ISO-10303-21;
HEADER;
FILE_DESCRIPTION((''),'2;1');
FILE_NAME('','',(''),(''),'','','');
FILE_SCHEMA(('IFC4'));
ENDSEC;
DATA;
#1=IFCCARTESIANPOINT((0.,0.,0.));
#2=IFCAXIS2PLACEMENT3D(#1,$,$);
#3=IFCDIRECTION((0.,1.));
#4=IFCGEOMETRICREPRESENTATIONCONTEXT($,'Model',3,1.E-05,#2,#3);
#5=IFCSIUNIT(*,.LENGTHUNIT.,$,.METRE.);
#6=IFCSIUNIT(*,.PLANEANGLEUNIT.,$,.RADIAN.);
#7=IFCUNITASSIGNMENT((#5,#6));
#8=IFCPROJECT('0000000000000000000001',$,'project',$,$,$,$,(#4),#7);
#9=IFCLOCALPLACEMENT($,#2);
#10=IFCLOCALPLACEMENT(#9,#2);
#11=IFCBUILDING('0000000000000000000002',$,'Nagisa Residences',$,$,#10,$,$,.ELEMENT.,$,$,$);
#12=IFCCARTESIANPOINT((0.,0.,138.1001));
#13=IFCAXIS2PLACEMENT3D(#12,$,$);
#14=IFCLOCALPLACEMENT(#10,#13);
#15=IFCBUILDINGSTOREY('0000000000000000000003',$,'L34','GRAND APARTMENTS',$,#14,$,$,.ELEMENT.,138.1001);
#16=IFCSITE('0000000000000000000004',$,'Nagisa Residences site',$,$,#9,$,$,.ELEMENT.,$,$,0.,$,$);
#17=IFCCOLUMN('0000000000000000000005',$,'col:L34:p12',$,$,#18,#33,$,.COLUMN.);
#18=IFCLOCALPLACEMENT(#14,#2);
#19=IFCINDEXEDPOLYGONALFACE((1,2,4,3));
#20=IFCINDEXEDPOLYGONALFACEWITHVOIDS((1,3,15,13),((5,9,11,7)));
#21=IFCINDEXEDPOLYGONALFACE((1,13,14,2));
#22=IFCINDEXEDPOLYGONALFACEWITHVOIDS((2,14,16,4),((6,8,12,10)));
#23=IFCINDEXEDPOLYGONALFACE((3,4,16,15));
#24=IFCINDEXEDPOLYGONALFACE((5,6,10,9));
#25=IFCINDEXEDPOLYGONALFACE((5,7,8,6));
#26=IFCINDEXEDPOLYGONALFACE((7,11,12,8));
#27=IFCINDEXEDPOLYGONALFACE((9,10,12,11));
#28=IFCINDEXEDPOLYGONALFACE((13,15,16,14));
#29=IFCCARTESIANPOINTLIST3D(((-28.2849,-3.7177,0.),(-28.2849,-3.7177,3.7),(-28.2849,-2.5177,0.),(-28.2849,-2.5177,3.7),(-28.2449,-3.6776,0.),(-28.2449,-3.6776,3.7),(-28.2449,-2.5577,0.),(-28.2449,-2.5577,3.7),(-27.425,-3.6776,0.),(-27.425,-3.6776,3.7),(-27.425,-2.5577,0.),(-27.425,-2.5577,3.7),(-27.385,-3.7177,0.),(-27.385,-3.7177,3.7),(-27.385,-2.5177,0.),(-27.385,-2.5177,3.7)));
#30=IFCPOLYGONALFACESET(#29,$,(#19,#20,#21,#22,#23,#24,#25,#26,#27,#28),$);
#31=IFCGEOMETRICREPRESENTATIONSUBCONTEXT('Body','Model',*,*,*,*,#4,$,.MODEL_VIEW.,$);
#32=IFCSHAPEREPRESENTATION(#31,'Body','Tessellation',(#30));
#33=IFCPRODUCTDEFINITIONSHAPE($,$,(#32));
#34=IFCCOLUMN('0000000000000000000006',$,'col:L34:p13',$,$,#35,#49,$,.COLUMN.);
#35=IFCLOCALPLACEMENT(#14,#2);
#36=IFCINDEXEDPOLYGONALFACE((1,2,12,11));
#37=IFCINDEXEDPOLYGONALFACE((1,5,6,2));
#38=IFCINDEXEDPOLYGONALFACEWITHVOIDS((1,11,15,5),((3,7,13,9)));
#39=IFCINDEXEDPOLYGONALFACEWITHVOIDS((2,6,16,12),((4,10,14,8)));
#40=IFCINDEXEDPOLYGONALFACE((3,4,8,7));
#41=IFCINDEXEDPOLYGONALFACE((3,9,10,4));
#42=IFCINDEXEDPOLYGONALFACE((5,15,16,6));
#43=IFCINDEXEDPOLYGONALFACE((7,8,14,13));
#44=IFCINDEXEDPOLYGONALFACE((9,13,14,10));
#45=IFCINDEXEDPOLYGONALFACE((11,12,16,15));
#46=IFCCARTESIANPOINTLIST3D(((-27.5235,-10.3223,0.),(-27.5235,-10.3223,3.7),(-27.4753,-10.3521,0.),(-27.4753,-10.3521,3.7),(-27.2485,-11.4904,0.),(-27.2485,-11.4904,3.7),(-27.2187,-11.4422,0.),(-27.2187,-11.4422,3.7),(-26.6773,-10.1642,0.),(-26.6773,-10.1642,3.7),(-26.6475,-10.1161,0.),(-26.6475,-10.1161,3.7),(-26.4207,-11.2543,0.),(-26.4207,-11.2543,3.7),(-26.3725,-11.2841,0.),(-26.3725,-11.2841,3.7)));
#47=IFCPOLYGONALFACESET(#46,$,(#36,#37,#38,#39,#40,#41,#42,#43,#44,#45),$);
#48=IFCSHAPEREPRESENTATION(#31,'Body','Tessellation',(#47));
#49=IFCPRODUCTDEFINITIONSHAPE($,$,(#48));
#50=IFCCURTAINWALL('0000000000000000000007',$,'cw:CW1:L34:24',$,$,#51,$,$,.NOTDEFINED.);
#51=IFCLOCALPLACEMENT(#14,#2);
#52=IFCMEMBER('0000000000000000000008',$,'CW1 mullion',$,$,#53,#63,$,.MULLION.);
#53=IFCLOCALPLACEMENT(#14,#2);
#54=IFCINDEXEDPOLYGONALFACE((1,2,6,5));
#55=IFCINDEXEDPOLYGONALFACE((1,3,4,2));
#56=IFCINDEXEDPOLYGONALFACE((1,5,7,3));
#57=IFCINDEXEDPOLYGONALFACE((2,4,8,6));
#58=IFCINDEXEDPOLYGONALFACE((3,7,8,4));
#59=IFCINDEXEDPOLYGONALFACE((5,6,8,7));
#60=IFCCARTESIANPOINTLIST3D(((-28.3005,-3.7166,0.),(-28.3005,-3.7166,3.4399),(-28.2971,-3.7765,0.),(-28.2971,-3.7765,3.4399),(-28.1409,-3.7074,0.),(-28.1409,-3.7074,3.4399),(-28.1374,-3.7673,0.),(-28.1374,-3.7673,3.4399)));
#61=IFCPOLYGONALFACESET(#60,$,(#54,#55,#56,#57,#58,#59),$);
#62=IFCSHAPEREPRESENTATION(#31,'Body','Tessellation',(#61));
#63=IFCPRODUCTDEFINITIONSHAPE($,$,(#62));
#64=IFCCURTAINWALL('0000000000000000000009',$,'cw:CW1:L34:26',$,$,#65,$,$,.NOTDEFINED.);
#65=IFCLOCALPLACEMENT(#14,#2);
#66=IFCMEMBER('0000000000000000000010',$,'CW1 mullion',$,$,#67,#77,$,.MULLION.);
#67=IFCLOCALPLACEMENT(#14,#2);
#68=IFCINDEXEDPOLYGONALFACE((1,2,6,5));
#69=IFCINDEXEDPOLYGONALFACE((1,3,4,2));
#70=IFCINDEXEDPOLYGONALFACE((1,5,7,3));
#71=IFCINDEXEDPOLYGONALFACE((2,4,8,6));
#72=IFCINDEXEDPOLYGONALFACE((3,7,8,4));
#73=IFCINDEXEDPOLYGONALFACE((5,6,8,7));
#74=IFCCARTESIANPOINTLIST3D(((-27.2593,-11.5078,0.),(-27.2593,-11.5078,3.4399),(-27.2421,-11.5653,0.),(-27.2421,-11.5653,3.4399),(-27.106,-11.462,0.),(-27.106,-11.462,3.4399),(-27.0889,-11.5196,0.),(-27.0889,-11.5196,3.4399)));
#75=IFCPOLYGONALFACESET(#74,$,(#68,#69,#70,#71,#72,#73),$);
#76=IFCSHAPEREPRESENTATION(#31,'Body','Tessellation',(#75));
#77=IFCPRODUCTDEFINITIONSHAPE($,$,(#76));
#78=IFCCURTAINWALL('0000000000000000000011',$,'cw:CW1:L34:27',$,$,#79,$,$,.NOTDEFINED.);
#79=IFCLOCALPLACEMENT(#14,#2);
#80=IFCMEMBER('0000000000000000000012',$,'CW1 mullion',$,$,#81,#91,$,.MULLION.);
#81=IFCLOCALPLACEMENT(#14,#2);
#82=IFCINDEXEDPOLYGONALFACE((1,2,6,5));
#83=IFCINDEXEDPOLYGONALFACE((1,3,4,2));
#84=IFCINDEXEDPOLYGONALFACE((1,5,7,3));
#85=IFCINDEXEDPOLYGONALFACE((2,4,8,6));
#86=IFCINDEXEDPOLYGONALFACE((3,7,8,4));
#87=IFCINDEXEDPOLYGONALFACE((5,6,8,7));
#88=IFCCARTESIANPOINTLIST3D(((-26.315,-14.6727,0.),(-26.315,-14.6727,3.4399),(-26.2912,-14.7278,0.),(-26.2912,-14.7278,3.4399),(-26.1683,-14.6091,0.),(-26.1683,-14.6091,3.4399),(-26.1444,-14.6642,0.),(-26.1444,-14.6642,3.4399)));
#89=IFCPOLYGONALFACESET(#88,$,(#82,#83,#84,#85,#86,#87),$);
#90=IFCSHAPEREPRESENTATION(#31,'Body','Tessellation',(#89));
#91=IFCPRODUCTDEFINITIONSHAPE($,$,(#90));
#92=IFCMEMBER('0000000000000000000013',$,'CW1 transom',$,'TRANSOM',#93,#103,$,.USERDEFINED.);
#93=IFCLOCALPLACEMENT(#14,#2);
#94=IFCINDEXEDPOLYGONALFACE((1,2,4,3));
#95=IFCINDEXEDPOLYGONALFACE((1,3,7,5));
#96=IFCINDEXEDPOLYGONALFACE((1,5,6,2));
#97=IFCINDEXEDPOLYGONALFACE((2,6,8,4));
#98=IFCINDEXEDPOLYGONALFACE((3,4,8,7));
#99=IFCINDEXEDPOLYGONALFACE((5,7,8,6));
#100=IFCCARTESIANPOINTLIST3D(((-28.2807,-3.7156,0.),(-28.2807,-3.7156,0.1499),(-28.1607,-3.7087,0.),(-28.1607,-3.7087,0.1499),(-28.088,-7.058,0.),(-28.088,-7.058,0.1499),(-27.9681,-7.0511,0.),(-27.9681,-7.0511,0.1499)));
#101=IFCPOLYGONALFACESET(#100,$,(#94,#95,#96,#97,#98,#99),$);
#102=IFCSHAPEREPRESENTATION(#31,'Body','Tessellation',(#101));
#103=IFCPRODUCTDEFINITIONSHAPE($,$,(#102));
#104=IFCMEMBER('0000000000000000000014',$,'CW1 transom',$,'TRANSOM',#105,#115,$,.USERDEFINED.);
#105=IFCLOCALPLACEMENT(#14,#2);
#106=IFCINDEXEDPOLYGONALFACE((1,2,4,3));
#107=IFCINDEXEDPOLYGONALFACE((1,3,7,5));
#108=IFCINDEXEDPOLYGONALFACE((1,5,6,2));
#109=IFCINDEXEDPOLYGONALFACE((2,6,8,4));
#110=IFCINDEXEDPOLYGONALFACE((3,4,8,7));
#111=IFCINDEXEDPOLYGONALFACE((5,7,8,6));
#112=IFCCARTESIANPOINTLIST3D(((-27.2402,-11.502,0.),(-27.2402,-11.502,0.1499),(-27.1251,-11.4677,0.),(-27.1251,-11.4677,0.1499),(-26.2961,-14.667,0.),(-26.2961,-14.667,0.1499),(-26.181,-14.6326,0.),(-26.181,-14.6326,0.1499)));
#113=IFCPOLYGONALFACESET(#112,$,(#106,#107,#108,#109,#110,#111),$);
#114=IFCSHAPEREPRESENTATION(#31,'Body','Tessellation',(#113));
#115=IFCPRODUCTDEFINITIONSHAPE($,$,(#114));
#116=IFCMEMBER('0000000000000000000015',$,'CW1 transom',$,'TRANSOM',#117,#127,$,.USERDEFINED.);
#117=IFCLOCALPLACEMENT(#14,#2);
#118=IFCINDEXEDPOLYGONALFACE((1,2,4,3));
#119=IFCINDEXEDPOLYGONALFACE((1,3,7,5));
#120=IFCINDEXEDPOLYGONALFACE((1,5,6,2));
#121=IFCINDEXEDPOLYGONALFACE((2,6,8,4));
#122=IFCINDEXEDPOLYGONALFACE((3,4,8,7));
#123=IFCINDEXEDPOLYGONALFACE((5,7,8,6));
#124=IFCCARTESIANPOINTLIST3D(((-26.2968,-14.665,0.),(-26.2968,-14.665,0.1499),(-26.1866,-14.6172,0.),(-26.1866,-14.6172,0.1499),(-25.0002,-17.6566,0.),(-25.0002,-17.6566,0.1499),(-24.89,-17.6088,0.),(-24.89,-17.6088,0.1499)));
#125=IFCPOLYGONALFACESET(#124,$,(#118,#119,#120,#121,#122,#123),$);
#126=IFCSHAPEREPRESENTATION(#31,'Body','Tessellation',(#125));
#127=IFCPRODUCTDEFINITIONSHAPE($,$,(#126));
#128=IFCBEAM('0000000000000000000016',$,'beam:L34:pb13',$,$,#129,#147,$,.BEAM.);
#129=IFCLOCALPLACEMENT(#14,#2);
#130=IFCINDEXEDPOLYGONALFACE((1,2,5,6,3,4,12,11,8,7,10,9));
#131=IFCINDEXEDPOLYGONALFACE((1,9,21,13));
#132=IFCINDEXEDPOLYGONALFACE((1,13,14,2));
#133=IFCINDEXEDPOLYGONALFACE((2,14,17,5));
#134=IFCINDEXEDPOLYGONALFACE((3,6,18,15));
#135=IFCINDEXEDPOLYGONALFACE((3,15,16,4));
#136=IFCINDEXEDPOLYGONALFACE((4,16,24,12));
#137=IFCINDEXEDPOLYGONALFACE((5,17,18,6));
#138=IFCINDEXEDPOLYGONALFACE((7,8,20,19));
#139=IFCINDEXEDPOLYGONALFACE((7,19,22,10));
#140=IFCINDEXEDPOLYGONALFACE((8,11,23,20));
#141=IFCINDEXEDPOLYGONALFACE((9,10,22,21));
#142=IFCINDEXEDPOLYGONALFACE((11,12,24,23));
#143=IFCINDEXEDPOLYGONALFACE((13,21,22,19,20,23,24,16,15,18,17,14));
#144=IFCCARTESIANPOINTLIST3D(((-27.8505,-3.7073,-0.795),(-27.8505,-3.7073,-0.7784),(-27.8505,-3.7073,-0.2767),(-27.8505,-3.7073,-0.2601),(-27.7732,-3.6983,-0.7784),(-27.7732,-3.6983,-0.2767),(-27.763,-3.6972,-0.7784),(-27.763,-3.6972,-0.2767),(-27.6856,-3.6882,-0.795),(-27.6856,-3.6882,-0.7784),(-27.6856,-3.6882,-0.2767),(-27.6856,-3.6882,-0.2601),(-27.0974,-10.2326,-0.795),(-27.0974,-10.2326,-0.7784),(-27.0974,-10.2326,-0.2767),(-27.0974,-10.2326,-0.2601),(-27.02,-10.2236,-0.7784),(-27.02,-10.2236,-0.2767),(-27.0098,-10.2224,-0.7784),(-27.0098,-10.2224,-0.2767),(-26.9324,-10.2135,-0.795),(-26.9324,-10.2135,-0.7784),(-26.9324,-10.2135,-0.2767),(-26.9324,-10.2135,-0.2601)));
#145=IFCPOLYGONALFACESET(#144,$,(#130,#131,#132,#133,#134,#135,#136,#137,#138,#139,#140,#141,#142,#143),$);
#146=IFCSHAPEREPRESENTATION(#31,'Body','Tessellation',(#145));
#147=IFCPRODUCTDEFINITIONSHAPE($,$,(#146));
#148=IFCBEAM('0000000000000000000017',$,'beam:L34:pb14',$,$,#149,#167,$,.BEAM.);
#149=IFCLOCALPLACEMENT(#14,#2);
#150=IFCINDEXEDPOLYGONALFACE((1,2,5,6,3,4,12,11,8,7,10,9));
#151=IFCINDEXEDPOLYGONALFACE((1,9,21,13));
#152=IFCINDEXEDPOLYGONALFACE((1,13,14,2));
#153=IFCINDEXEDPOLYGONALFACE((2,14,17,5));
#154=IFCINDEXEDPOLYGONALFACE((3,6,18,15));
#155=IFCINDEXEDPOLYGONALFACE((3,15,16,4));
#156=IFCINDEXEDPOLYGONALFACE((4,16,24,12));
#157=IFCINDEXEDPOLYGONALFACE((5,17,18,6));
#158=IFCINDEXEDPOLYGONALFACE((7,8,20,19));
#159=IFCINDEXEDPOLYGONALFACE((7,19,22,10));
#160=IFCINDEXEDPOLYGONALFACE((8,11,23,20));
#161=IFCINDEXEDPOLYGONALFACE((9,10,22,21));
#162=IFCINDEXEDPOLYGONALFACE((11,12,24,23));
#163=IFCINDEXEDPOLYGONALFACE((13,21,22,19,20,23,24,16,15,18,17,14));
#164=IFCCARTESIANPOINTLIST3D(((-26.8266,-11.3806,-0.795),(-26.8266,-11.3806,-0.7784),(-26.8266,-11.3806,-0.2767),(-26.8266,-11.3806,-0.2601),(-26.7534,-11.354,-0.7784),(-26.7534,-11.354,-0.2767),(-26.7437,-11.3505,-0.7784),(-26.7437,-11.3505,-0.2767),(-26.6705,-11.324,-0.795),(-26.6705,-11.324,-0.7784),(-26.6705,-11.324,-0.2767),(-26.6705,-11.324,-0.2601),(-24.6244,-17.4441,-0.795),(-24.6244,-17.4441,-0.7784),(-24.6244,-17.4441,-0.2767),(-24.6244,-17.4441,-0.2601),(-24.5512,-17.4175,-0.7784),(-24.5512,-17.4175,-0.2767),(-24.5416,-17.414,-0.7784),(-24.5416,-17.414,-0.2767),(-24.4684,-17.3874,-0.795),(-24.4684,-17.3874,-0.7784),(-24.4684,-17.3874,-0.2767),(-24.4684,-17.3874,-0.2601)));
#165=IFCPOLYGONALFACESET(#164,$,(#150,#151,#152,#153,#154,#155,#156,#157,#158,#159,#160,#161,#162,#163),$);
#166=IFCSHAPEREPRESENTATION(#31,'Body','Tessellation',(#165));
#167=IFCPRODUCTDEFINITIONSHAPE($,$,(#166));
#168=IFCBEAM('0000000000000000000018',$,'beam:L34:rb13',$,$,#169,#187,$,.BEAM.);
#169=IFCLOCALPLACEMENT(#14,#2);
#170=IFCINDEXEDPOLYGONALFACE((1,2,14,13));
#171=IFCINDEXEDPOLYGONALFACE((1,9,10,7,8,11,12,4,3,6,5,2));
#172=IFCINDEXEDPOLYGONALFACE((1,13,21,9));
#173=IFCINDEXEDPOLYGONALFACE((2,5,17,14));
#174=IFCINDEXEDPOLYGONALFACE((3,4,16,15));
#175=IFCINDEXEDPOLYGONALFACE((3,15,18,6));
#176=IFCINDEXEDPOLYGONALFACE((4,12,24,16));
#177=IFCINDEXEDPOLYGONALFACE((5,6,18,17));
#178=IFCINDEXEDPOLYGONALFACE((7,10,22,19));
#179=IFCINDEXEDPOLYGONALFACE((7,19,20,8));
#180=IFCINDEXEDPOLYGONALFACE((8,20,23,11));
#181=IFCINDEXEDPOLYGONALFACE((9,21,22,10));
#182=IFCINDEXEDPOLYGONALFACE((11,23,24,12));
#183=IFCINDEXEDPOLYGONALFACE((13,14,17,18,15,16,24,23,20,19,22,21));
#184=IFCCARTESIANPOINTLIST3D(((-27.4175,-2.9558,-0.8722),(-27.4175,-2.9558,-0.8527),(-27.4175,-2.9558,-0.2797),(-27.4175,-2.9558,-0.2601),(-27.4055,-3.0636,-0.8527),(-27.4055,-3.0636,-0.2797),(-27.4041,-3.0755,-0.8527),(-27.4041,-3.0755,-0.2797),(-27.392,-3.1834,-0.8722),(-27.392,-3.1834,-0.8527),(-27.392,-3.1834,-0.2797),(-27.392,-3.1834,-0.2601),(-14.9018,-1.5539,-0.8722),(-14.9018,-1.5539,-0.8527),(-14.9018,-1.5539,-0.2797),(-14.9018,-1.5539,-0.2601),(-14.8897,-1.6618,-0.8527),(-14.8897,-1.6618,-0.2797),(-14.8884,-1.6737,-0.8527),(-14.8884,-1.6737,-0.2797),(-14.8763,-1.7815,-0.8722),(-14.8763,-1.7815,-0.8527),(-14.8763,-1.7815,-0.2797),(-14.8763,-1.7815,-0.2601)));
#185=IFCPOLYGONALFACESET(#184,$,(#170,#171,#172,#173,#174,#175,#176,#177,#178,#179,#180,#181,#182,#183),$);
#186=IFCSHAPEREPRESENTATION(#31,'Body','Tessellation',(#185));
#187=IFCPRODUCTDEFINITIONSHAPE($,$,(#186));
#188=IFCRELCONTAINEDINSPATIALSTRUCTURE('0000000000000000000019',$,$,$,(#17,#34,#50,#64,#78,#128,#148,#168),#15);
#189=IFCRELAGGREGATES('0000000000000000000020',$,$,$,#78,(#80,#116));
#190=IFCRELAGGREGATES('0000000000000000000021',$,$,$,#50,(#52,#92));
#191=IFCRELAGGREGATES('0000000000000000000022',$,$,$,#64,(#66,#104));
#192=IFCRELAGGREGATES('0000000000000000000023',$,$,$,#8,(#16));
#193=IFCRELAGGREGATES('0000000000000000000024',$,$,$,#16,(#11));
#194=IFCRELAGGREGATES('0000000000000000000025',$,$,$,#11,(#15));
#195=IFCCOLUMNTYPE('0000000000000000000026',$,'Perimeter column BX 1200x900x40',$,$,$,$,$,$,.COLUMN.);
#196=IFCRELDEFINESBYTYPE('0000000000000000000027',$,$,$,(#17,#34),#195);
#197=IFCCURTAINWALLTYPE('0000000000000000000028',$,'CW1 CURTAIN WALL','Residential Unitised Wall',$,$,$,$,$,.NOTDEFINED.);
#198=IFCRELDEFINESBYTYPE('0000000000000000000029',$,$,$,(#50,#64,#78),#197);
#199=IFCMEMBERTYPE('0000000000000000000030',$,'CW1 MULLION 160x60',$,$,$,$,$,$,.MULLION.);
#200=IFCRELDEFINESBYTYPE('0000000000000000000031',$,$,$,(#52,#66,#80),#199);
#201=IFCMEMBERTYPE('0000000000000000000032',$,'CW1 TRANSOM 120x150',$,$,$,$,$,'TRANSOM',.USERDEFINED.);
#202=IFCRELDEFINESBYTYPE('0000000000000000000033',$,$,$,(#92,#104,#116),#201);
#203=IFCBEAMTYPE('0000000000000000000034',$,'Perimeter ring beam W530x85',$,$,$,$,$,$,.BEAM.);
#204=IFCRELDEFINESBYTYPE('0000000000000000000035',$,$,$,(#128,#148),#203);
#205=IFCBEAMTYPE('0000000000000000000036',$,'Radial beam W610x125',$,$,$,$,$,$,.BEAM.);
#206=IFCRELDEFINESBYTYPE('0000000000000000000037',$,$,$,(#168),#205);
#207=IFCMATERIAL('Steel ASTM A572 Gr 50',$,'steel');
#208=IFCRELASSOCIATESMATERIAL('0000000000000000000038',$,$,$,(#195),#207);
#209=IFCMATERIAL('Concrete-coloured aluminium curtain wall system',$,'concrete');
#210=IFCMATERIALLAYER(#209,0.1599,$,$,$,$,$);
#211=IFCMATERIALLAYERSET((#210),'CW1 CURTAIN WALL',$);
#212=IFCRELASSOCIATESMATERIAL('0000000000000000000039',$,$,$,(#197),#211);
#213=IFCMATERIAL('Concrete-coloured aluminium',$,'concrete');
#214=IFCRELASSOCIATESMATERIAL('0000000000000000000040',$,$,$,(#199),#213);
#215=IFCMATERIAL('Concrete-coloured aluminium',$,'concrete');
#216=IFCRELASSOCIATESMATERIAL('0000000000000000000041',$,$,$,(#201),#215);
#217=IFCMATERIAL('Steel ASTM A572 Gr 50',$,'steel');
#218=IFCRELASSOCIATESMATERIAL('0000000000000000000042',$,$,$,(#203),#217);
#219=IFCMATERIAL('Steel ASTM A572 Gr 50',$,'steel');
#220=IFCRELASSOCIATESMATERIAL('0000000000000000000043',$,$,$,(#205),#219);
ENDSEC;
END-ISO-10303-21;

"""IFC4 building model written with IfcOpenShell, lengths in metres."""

from ifc_helpers import new_model, si_unit, direction, frame, origin, origin_2d, place, context, subcontext, project, spatial, rectangle, hollow_rectangle, i_section, extrude, material, layer, layer_set, material_profile, profile_set, type_object, element, aggregate, save


model = new_model("IFC4")

# Units and contexts
model_context = context("Model", 3, precision=1e-05, world=origin(), true_north=direction((0.0, 1.0)))
body_context = subcontext(model_context, "Body", "Model", "MODEL_VIEW")
ifc_project = project(units=[si_unit("LENGTHUNIT", "METRE"), si_unit("PLANEANGLEUNIT", "RADIAN")], contexts=[model_context])

# Site, building, storey
site_placement = place(None, origin())
site = spatial("IfcSite", under=ifc_project, at=site_placement, Name="Nagisa Residences site", CompositionType="ELEMENT", RefElevation=0.0)
building_placement = place(site_placement, origin())
building = spatial("IfcBuilding", under=site, at=building_placement, Name="Nagisa Residences", CompositionType="ELEMENT")
storey_placement = place(building_placement, frame((0.0, 0.0, 138.1001)))
storey = spatial("IfcBuildingStorey", under=building, at=storey_placement, Name="L34", Description="GRAND APARTMENTS", CompositionType="ELEMENT", Elevation=138.1001)

# Columns
ifc_material_1 = material(Name="Steel ASTM A572 Gr 50", Category="steel")
ifc_material_profile_1 = material_profile(ifc_material_1, hollow_rectangle(XDim=1.2, YDim=0.8999, WallThickness=0.04, at=origin_2d()), Name="BX 1200x900x40")
ifc_profile_set_1 = profile_set([ifc_material_profile_1], Name="Steel ASTM A572 Gr 50")
column_type = type_object("IfcColumnType", Name="Perimeter column BX 1200x900x40", PredefinedType="COLUMN", material=ifc_profile_set_1)
for number, where, z_axis, x_axis, name in (
    (1, (-27.835, -3.1177, 0.0), (0.0, 0.0, 1.0), (0.0, -1.0, 0.0), "col:L34:p12"),
    (2, (-26.948, -10.8032, 0.0), (0.0, 0.0, 1.0), (0.229202, -0.973379, 0.0), "col:L34:p13"),
):
    element("IfcColumn", number, at=place(storey_placement, frame(where, z_axis=z_axis, x_axis=x_axis)), inside=storey, type_object=column_type, Name=name, PredefinedType="COLUMN", context=body_context, shape_type="SweptSolid", body=[
        extrude(hollow_rectangle(XDim=1.2, YDim=0.8999, WallThickness=0.04, at=origin_2d()), origin(), (0.0, 0.0, 1.0), 3.7),
    ])

# Curtain walls, members
ifc_material_2 = material(Name="Concrete-coloured aluminium curtain wall system", Category="concrete")
ifc_layer_1 = layer(ifc_material_2, 0.1599)
ifc_layer_set_1 = layer_set([ifc_layer_1], Name="CW1 CURTAIN WALL")
curtain_wall_type = type_object("IfcCurtainWallType", Name="CW1 CURTAIN WALL", Description="Residential Unitised Wall", PredefinedType="NOTDEFINED", material=ifc_layer_set_1)
curtain_wall_1_placement = place(storey_placement, origin())
curtain_wall_1 = element("IfcCurtainWall", 3, at=curtain_wall_1_placement, inside=storey, type_object=curtain_wall_type, Name="cw:CW1:L34:24", PredefinedType="NOTDEFINED")
ifc_material_3 = material(Name="Concrete-coloured aluminium", Category="concrete")
ifc_material_profile_2 = material_profile(ifc_material_3, rectangle(XDim=0.1599, YDim=0.0601, at=origin_2d()), Name="CW1 MULLION 160x60")
ifc_profile_set_2 = profile_set([ifc_material_profile_2], Name="Concrete-coloured aluminium")
member_type_1 = type_object("IfcMemberType", Name="CW1 MULLION 160x60", PredefinedType="MULLION", material=ifc_profile_set_2)
member_1_placement = place(storey_placement, frame((-28.219, -3.7419, 0.0), z_axis=(0.0, 0.0, 1.0), x_axis=(0.998345, 0.057503, 0.0)))
member_1 = element("IfcMember", 4, at=member_1_placement, type_object=member_type_1, Name="CW1 mullion", PredefinedType="MULLION", context=body_context, shape_type="SweptSolid", body=[
    extrude(rectangle(XDim=0.1599, YDim=0.0601, at=origin_2d()), origin(), (0.0, 0.0, 1.0), 3.4399),
])
curtain_wall_2_placement = place(storey_placement, origin())
curtain_wall_2 = element("IfcCurtainWall", 5, at=curtain_wall_2_placement, inside=storey, type_object=curtain_wall_type, Name="cw:CW1:L34:26", PredefinedType="NOTDEFINED")
member_2_placement = place(storey_placement, frame((-27.1741, -11.5137, 0.0), z_axis=(0.0, 0.0, 1.0), x_axis=(0.958271, 0.28586, 0.0)))
member_2 = element("IfcMember", 6, at=member_2_placement, type_object=member_type_1, Name="CW1 mullion", PredefinedType="MULLION", context=body_context, shape_type="SweptSolid", body=[
    extrude(rectangle(XDim=0.1599, YDim=0.0601, at=origin_2d()), origin(), (0.0, 0.0, 1.0), 3.4399),
])
curtain_wall_3_placement = place(storey_placement, origin())
curtain_wall_3 = element("IfcCurtainWall", 7, at=curtain_wall_3_placement, inside=storey, type_object=curtain_wall_type, Name="cw:CW1:L34:27", PredefinedType="NOTDEFINED")
member_3_placement = place(storey_placement, frame((-26.2297, -14.6685, 0.0), z_axis=(0.0, 0.0, 1.0), x_axis=(0.917543, 0.397636, 0.0)))
member_3 = element("IfcMember", 8, at=member_3_placement, type_object=member_type_1, Name="CW1 mullion", PredefinedType="MULLION", context=body_context, shape_type="SweptSolid", body=[
    extrude(rectangle(XDim=0.1599, YDim=0.0601, at=origin_2d()), origin(), (0.0, 0.0, 1.0), 3.4399),
])

# Members
ifc_material_4 = material(Name="Concrete-coloured aluminium", Category="concrete")
ifc_material_profile_3 = material_profile(ifc_material_4, rectangle(XDim=0.1201, YDim=0.1499, at=origin_2d()), Name="CW1 TRANSOM 120x150")
ifc_profile_set_3 = profile_set([ifc_material_profile_3], Name="Concrete-coloured aluminium")
member_type_2 = type_object("IfcMemberType", Name="CW1 TRANSOM 120x150", ElementType="TRANSOM", PredefinedType="USERDEFINED", material=ifc_profile_set_3)
member_4_placement = place(storey_placement, frame((-28.2207, -3.7122, 0.075), z_axis=(0.057538, -0.998343, 0.0), x_axis=(0.998343, 0.057538, 0.0)))
member_4 = element("IfcMember", 9, at=member_4_placement, type_object=member_type_2, Name="CW1 transom", ObjectType="TRANSOM", PredefinedType="USERDEFINED", context=body_context, shape_type="SweptSolid", body=[
    extrude(rectangle(XDim=0.1201, YDim=0.1499, at=origin_2d()), origin(), (0.0, 0.0, 1.0), 3.3479),
])
member_5_placement = place(storey_placement, frame((-27.1826, -11.4849, 0.075), z_axis=(0.285842, -0.958277, 0.0), x_axis=(0.958277, 0.285842, 0.0)))
member_5 = element("IfcMember", 10, at=member_5_placement, type_object=member_type_2, Name="CW1 transom", ObjectType="TRANSOM", PredefinedType="USERDEFINED", context=body_context, shape_type="SweptSolid", body=[
    extrude(rectangle(XDim=0.1201, YDim=0.1499, at=origin_2d()), origin(), (0.0, 0.0, 1.0), 3.3027),
])
member_6_placement = place(storey_placement, frame((-26.2417, -14.6411, 0.075), z_axis=(0.397666, -0.91753, 0.0), x_axis=(0.91753, 0.397666, 0.0)))
member_6 = element("IfcMember", 11, at=member_6_placement, type_object=member_type_2, Name="CW1 transom", ObjectType="TRANSOM", PredefinedType="USERDEFINED", context=body_context, shape_type="SweptSolid", body=[
    extrude(rectangle(XDim=0.1201, YDim=0.1499, at=origin_2d()), origin(), (0.0, 0.0, 1.0), 3.2605),
])
aggregate(curtain_wall_3, [member_3, member_6])

# Beams
ifc_material_5 = material(Name="Steel ASTM A572 Gr 50", Category="steel")
ifc_material_profile_4 = material_profile(ifc_material_5, i_section(OverallWidth=0.166, OverallDepth=0.5349, WebThickness=0.0103, FlangeThickness=0.0166, at=origin_2d()), Name="W530x85")
ifc_profile_set_4 = profile_set([ifc_material_profile_4], Name="Steel ASTM A572 Gr 50")
beam_type_1 = type_object("IfcBeamType", Name="Perimeter ring beam W530x85", PredefinedType="BEAM", material=ifc_profile_set_4)
beam_1_placement = place(storey_placement, frame((-27.7681, -3.6978, -0.5276), z_axis=(0.114661, -0.993405, 0.0), x_axis=(0.993405, 0.114661, 0.0)))
element("IfcBeam", 12, at=beam_1_placement, inside=storey, type_object=beam_type_1, Name="beam:L34:pb13", PredefinedType="BEAM", context=body_context, shape_type="SweptSolid", body=[
    extrude(i_section(OverallWidth=0.166, OverallDepth=0.5349, WebThickness=0.0103, FlangeThickness=0.0166, at=origin_2d()), origin(), (0.0, 0.0, 1.0), 6.5686),
])
beam_2_placement = place(storey_placement, frame((-26.7485, -11.3523, -0.5276), z_axis=(0.341366, -0.93993, 0.0), x_axis=(0.93993, 0.341366, 0.0)))
element("IfcBeam", 13, at=beam_2_placement, inside=storey, type_object=beam_type_1, Name="beam:L34:pb14", PredefinedType="BEAM", context=body_context, shape_type="SweptSolid", body=[
    extrude(i_section(OverallWidth=0.166, OverallDepth=0.5349, WebThickness=0.0103, FlangeThickness=0.0166, at=origin_2d()), origin(), (0.0, 0.0, 1.0), 6.4509),
])
ifc_material_6 = material(Name="Steel ASTM A572 Gr 50", Category="steel")
ifc_material_profile_5 = material_profile(ifc_material_6, i_section(OverallWidth=0.229, OverallDepth=0.6121, WebThickness=0.012, FlangeThickness=0.0195, at=origin_2d()), Name="W610x125")
ifc_profile_set_5 = profile_set([ifc_material_profile_5], Name="Steel ASTM A572 Gr 50")
beam_type_2 = type_object("IfcBeamType", Name="Radial beam W610x125", PredefinedType="BEAM", material=ifc_profile_set_5)
beam_3_placement = place(storey_placement, frame((-27.4048, -3.0696, -0.5662), z_axis=(0.993785, 0.111312, 0.0), x_axis=(-0.111312, 0.993785, 0.0)))
element("IfcBeam", 14, at=beam_3_placement, inside=storey, type_object=beam_type_2, Name="beam:L34:rb13", PredefinedType="BEAM", context=body_context, shape_type="SweptSolid", body=[
    extrude(i_section(OverallWidth=0.229, OverallDepth=0.6121, WebThickness=0.012, FlangeThickness=0.0195, at=origin_2d()), origin(), (0.0, 0.0, 1.0), 12.594),
])

aggregate(curtain_wall_1, [member_1, member_4])
aggregate(curtain_wall_2, [member_2, member_5])

save(model, "model.ifc")
